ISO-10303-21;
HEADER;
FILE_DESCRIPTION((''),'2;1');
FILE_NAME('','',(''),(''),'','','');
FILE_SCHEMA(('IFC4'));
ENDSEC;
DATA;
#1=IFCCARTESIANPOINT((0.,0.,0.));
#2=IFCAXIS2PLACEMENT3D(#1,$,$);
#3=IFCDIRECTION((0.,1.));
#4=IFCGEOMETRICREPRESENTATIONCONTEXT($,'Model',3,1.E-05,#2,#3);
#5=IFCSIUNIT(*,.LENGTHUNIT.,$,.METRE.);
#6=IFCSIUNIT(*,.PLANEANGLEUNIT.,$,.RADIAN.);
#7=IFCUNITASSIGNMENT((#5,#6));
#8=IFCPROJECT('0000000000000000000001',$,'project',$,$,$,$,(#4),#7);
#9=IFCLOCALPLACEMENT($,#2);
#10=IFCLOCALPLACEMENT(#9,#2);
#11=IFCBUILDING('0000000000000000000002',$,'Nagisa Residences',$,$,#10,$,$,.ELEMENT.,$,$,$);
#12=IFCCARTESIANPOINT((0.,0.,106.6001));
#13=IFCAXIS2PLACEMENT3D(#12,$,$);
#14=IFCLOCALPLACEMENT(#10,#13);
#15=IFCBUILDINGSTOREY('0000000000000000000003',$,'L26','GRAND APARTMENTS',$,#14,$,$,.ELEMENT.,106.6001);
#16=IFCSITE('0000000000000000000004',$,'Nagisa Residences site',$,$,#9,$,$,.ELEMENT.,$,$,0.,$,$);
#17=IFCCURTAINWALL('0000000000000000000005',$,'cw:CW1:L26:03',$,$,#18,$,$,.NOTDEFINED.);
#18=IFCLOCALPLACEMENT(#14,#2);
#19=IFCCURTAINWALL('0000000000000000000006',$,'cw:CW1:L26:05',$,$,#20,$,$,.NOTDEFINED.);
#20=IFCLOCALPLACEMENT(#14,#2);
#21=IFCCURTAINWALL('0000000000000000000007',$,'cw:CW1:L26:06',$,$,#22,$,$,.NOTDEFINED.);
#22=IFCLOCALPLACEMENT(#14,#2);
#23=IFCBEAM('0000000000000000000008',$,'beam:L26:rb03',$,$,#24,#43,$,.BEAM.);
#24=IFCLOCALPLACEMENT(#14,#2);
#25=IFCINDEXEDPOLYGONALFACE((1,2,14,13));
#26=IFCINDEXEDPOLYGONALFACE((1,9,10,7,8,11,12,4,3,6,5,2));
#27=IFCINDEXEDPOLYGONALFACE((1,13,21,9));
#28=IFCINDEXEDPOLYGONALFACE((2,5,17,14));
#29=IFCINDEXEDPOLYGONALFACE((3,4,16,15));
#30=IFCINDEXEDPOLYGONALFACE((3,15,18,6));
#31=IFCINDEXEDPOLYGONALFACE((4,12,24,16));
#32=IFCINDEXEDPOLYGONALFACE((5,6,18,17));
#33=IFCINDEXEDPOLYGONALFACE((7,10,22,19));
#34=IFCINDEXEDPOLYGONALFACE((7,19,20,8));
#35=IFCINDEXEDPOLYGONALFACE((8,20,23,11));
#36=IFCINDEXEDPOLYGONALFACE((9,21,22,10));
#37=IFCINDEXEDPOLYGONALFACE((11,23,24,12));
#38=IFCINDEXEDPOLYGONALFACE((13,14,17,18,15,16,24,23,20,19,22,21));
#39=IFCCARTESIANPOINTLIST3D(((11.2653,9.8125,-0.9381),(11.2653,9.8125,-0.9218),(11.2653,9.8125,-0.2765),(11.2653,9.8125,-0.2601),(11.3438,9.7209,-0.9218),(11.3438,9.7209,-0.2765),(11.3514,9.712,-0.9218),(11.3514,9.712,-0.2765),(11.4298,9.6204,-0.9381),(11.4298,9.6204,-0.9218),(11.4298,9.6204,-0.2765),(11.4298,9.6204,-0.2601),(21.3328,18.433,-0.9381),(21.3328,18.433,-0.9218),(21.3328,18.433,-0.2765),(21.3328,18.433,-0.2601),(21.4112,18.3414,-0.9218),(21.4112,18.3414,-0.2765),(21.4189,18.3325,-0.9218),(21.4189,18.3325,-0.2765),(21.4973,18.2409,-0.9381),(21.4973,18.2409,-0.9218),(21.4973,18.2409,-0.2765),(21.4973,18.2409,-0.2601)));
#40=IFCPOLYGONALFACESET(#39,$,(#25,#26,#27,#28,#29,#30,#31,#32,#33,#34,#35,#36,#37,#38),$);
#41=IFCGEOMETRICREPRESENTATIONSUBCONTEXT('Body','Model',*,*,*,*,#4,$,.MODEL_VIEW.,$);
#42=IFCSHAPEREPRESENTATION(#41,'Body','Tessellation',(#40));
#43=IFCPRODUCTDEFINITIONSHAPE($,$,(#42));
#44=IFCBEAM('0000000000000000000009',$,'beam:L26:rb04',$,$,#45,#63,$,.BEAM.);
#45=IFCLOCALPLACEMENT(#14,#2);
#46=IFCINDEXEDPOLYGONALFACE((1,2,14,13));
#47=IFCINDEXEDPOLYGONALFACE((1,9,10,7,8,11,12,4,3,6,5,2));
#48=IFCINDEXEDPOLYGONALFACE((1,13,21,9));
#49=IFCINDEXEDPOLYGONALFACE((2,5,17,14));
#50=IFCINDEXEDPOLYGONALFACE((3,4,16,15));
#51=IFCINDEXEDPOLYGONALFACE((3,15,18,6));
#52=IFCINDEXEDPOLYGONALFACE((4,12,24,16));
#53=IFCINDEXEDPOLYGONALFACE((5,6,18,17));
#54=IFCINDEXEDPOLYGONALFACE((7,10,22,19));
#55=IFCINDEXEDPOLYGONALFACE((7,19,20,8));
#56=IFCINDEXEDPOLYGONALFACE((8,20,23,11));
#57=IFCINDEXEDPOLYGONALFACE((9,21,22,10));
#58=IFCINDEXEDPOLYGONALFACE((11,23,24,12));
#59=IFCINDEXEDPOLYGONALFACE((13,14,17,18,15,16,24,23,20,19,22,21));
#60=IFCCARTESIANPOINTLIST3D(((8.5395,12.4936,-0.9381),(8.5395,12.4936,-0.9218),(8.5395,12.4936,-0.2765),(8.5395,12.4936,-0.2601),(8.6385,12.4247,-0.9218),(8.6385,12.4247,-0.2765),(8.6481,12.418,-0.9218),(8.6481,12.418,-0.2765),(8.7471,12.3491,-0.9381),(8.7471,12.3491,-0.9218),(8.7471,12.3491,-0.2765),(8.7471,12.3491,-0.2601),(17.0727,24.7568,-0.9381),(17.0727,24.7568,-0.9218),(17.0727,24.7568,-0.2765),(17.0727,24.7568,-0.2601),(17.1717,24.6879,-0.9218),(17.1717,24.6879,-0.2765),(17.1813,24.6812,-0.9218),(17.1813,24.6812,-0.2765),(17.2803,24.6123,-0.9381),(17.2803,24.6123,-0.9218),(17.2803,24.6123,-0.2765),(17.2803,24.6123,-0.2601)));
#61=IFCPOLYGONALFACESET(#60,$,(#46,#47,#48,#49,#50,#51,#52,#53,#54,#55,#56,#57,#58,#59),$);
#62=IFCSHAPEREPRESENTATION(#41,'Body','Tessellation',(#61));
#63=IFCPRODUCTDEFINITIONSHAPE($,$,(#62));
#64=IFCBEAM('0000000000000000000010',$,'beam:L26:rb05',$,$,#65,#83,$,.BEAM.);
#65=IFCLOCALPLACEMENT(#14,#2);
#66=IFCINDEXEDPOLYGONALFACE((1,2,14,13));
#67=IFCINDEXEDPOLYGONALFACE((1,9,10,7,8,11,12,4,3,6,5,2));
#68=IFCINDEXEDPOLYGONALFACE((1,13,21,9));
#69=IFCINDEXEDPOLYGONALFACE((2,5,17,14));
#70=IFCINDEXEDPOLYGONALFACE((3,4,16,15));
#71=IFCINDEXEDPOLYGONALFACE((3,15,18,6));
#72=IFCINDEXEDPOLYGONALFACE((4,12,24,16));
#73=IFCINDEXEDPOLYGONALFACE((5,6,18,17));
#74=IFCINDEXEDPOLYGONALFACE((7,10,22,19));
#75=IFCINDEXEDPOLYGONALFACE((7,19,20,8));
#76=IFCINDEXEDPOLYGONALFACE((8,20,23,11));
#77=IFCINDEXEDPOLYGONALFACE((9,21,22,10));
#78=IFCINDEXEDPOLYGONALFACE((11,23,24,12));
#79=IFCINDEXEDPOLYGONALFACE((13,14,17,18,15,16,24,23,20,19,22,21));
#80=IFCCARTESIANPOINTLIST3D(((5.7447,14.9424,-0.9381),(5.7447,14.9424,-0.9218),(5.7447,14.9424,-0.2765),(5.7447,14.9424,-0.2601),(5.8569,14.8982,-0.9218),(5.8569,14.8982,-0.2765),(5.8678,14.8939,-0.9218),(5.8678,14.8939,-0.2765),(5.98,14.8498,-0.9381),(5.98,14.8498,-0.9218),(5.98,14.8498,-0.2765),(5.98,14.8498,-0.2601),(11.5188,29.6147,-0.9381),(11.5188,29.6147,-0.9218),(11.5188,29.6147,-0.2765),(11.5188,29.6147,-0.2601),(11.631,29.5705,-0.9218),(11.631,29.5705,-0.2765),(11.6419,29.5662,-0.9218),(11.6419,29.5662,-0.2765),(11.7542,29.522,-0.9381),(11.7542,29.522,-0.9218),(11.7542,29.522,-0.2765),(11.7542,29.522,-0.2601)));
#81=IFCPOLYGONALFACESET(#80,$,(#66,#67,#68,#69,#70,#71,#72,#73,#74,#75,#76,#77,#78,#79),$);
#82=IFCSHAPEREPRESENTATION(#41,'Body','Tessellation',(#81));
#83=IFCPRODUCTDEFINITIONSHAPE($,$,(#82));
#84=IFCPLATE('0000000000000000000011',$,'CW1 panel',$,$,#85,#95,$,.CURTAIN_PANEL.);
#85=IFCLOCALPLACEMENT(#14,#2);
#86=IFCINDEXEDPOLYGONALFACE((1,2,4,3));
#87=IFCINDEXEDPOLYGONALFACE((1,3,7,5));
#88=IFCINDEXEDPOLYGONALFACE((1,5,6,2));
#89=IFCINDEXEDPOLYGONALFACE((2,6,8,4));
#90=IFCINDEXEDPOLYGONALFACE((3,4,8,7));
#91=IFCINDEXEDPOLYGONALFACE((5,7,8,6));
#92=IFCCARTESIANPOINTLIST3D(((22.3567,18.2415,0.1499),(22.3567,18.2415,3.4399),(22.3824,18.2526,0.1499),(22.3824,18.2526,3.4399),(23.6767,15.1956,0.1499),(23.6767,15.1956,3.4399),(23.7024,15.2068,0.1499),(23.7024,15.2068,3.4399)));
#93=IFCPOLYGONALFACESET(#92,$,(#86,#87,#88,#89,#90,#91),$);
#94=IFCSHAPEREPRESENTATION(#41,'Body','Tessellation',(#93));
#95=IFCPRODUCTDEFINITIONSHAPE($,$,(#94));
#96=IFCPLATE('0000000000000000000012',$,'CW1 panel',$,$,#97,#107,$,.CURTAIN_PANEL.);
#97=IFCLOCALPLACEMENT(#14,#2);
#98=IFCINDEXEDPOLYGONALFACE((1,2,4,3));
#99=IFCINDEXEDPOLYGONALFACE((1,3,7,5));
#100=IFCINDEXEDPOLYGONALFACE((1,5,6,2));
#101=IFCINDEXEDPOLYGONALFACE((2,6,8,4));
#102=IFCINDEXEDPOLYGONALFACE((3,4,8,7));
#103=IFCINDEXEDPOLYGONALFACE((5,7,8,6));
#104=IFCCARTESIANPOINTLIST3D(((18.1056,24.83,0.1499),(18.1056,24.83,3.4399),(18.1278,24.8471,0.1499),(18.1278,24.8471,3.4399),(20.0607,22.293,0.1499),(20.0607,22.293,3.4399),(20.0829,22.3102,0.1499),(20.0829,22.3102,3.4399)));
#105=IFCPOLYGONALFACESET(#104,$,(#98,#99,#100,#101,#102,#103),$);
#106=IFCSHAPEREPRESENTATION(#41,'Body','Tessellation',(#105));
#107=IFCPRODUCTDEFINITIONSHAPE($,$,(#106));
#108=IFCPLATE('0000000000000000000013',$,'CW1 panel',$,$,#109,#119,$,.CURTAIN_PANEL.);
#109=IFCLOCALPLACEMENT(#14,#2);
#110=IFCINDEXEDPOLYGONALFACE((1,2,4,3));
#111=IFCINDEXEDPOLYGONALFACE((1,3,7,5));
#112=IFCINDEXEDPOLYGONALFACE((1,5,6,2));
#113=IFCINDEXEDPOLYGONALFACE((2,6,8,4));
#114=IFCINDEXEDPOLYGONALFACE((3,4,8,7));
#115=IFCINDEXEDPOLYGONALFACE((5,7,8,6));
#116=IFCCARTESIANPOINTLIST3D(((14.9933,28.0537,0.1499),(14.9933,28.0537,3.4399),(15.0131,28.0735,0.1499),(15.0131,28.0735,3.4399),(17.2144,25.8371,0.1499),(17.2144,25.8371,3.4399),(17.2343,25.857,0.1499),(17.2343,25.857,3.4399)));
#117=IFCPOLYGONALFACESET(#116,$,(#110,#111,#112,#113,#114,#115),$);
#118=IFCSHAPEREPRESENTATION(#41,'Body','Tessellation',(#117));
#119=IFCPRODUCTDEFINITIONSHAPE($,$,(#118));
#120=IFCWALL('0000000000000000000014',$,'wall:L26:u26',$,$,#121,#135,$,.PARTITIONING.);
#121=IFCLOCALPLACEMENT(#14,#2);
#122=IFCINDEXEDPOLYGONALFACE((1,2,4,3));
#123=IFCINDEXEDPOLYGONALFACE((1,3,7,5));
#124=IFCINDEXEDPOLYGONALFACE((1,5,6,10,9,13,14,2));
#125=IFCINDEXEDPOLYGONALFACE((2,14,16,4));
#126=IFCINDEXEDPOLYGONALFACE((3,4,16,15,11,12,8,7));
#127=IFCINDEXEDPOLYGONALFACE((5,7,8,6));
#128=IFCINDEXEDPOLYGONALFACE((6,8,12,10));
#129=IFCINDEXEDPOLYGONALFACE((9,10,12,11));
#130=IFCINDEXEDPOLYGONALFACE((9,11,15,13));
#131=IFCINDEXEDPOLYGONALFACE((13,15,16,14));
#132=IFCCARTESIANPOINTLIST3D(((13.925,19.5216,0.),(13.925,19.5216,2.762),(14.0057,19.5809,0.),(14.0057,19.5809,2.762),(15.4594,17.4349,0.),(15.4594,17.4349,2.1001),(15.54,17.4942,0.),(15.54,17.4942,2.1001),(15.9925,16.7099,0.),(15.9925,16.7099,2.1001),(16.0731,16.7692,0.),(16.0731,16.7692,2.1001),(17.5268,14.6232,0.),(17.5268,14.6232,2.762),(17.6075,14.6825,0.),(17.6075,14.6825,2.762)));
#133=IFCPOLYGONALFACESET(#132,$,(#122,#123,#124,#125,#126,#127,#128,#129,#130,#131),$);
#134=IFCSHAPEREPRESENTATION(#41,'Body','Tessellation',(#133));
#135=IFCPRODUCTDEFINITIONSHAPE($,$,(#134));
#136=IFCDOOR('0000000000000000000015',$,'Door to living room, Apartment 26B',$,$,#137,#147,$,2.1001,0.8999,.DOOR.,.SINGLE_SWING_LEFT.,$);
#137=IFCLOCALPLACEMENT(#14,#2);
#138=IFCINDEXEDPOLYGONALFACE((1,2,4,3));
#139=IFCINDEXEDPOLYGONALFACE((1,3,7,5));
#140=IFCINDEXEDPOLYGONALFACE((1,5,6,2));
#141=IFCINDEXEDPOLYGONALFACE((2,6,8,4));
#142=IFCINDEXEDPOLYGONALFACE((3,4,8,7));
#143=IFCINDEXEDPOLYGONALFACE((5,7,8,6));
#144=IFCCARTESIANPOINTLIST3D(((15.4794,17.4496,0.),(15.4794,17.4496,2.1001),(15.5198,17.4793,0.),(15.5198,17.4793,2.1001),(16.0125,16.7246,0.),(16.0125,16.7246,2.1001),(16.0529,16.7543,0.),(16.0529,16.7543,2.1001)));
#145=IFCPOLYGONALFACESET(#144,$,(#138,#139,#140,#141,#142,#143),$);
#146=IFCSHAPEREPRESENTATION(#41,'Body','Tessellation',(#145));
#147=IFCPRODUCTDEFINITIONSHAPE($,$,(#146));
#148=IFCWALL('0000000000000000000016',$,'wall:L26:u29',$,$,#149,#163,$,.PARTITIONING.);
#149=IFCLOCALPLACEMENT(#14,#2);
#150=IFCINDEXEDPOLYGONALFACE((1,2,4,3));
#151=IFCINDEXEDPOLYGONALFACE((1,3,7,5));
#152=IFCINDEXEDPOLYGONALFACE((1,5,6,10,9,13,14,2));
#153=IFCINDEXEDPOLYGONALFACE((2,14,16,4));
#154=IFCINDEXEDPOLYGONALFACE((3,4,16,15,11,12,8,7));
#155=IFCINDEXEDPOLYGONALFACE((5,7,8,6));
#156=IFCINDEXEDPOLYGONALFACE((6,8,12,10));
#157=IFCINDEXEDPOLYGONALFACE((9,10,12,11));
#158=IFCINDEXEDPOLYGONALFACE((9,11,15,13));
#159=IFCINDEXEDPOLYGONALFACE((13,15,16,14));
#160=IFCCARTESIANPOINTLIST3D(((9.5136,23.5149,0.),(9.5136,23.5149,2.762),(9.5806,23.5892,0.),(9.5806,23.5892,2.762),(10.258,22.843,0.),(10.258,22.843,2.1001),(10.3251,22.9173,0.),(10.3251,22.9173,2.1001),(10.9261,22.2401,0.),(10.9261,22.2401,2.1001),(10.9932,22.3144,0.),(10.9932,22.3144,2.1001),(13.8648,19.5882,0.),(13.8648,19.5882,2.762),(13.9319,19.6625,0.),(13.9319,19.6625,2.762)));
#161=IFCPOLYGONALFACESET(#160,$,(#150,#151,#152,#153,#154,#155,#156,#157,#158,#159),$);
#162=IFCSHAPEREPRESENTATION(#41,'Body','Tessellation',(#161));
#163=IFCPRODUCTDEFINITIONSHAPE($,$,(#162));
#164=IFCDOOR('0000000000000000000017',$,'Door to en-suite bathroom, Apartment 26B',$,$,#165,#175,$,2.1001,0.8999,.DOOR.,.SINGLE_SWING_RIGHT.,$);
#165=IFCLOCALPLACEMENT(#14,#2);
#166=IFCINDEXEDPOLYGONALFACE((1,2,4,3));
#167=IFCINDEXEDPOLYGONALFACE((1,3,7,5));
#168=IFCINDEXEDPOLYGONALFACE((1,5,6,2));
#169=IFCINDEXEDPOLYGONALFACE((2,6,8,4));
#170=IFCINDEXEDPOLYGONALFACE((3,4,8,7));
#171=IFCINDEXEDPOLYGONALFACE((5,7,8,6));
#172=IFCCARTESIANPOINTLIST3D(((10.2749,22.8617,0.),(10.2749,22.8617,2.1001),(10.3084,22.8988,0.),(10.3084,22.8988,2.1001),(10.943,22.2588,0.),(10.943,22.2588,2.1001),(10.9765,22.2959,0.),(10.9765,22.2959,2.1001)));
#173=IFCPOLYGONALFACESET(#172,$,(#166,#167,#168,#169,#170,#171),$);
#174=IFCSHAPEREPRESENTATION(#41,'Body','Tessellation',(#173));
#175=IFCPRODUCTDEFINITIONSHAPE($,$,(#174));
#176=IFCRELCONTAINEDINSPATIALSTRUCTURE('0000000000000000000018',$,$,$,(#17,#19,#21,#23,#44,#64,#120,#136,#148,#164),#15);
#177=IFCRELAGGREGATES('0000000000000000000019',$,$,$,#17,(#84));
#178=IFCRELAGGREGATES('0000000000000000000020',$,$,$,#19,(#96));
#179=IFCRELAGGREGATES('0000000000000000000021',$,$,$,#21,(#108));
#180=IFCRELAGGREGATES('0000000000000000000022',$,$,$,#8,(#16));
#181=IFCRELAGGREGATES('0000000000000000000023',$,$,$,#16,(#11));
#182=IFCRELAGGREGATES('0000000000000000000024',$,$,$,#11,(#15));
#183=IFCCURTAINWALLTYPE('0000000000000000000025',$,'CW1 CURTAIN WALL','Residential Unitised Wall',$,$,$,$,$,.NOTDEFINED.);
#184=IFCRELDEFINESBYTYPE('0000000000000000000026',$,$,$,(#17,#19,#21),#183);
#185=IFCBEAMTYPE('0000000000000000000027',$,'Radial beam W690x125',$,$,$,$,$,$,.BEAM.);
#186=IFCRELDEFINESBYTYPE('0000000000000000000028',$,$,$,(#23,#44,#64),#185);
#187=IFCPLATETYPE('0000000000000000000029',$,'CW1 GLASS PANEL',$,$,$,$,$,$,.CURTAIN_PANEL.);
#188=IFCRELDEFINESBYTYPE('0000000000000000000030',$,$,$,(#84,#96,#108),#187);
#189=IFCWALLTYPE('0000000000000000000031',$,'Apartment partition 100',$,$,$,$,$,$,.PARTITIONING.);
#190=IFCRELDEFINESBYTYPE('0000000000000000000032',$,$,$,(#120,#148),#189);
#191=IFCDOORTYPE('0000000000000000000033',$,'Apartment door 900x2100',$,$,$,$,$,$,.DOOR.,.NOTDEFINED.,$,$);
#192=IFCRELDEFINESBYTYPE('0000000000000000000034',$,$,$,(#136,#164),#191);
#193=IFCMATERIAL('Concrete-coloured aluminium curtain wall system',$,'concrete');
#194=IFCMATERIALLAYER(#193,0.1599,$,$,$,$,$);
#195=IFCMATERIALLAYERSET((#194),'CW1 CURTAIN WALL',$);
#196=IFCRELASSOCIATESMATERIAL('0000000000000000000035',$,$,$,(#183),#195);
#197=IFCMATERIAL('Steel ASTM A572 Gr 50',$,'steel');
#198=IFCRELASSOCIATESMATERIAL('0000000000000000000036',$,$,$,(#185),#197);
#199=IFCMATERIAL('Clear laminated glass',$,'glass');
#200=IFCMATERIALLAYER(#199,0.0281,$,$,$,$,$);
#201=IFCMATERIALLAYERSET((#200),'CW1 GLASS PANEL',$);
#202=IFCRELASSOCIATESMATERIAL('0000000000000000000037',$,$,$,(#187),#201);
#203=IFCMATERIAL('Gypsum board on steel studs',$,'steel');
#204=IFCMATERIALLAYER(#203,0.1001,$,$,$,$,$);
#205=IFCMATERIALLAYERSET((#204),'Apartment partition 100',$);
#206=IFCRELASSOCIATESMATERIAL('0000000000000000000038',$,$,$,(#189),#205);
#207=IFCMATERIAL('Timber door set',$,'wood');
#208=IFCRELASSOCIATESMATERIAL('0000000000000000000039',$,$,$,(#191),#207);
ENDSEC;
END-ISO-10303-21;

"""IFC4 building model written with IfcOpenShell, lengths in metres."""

from ifc_helpers import new_model, si_unit, direction, frame, frame_2d, origin, origin_2d, place, context, subcontext, project, spatial, rectangle, i_section, extrude, material, layer, layer_set, material_profile, profile_set, type_object, element, fill, aggregate, save


model = new_model("IFC4")

# Units and contexts
model_context = context("Model", 3, precision=1e-05, world=origin(), true_north=direction((0.0, 1.0)))
body_context = subcontext(model_context, "Body", "Model", "MODEL_VIEW")
ifc_project = project(units=[si_unit("LENGTHUNIT", "METRE"), si_unit("PLANEANGLEUNIT", "RADIAN")], contexts=[model_context])

# Site, building, storey
site_placement = place(None, origin())
site = spatial("IfcSite", under=ifc_project, at=site_placement, Name="Nagisa Residences site", CompositionType="ELEMENT", RefElevation=0.0)
building_placement = place(site_placement, origin())
building = spatial("IfcBuilding", under=site, at=building_placement, Name="Nagisa Residences", CompositionType="ELEMENT")
storey_placement = place(building_placement, frame((0.0, 0.0, 106.6001)))
storey = spatial("IfcBuildingStorey", under=building, at=storey_placement, Name="L26", Description="GRAND APARTMENTS", CompositionType="ELEMENT", Elevation=106.6001)

# Curtain walls
ifc_material_1 = material(Name="Concrete-coloured aluminium curtain wall system", Category="concrete")
ifc_layer_1 = layer(ifc_material_1, 0.1599)
ifc_layer_set_1 = layer_set([ifc_layer_1], Name="CW1 CURTAIN WALL")
curtain_wall_type = type_object("IfcCurtainWallType", Name="CW1 CURTAIN WALL", Description="Residential Unitised Wall", PredefinedType="NOTDEFINED", material=ifc_layer_set_1)
curtain_wall_1_placement = place(storey_placement, origin())
curtain_wall_1 = element("IfcCurtainWall", 1, at=curtain_wall_1_placement, inside=storey, type_object=curtain_wall_type, Name="cw:CW1:L26:03", PredefinedType="NOTDEFINED")
curtain_wall_2_placement = place(storey_placement, origin())
curtain_wall_2 = element("IfcCurtainWall", 2, at=curtain_wall_2_placement, inside=storey, type_object=curtain_wall_type, Name="cw:CW1:L26:05", PredefinedType="NOTDEFINED")
curtain_wall_3_placement = place(storey_placement, origin())
curtain_wall_3 = element("IfcCurtainWall", 3, at=curtain_wall_3_placement, inside=storey, type_object=curtain_wall_type, Name="cw:CW1:L26:06", PredefinedType="NOTDEFINED")

# Beams
ifc_material_2 = material(Name="Steel ASTM A572 Gr 50", Category="steel")
ifc_material_profile_1 = material_profile(ifc_material_2, i_section(OverallWidth=0.2529, OverallDepth=0.678, WebThickness=0.0117, FlangeThickness=0.0164, at=origin_2d()), Name="W690x125")
ifc_profile_set_1 = profile_set([ifc_material_profile_1], Name="Steel ASTM A572 Gr 50")
beam_type_1 = type_object("IfcBeamType", Name="Radial beam W690x125", PredefinedType="BEAM", material=ifc_profile_set_1)
beam_1_placement = place(storey_placement, frame((21.415, 18.3369, -0.5991), z_axis=(-0.759585, -0.650407, 0.0), x_axis=(0.650407, -0.759585, 0.0)))
element("IfcBeam", 4, at=beam_1_placement, inside=storey, type_object=beam_type_1, Name="beam:L26:rb03", PredefinedType="BEAM", context=body_context, shape_type="SweptSolid", body=[
    extrude(i_section(OverallWidth=0.2529, OverallDepth=0.678, WebThickness=0.0117, FlangeThickness=0.0164, at=origin_2d()), origin(), (0.0, 0.0, 1.0), 13.2539),
])
beam_2_placement = place(storey_placement, frame((17.1765, 24.6846, -0.5991), z_axis=(-0.571168, -0.820833, 0.0), x_axis=(0.820833, -0.571168, 0.0)))
element("IfcBeam", 5, at=beam_2_placement, inside=storey, type_object=beam_type_1, Name="beam:L26:rb04", PredefinedType="BEAM", context=body_context, shape_type="SweptSolid", body=[
    extrude(i_section(OverallWidth=0.2529, OverallDepth=0.678, WebThickness=0.0117, FlangeThickness=0.0164, at=origin_2d()), origin(), (0.0, 0.0, 1.0), 14.9399),
])
beam_3_placement = place(storey_placement, frame((11.6365, 29.5684, -0.5991), z_axis=(-0.366203, -0.930535, 0.0), x_axis=(0.930535, -0.366203, 0.0)))
element("IfcBeam", 6, at=beam_3_placement, inside=storey, type_object=beam_type_1, Name="beam:L26:rb05", PredefinedType="BEAM", context=body_context, shape_type="SweptSolid", body=[
    extrude(i_section(OverallWidth=0.2529, OverallDepth=0.678, WebThickness=0.0117, FlangeThickness=0.0164, at=origin_2d()), origin(), (0.0, 0.0, 1.0), 15.7676),
])

# Plates
ifc_material_3 = material(Name="Clear laminated glass", Category="glass")
ifc_layer_2 = layer(ifc_material_3, 0.0281)
ifc_layer_set_2 = layer_set([ifc_layer_2], Name="CW1 GLASS PANEL")
plate_type = type_object("IfcPlateType", Name="CW1 GLASS PANEL", PredefinedType="CURTAIN_PANEL", material=ifc_layer_set_2)
plate_1_placement = place(storey_placement, frame((23.0295, 16.7241, 0.1499), z_axis=(0.0, 0.0, 1.0), x_axis=(-0.397636, 0.917543, 0.0)))
plate_1 = element("IfcPlate", 7, at=plate_1_placement, type_object=plate_type, Name="CW1 panel", PredefinedType="CURTAIN_PANEL", context=body_context, shape_type="SweptSolid", body=[
    extrude(rectangle(XDim=3.3196, YDim=0.0281, at=origin_2d()), origin(), (0.0, 0.0, 1.0), 3.29),
])
aggregate(curtain_wall_1, [plate_1])
plate_2_placement = place(storey_placement, frame((19.0942, 23.5701, 0.1499), z_axis=(0.0, 0.0, 1.0), x_axis=(-0.61043, 0.79207, 0.0)))
plate_2 = element("IfcPlate", 8, at=plate_2_placement, type_object=plate_type, Name="CW1 panel", PredefinedType="CURTAIN_PANEL", context=body_context, shape_type="SweptSolid", body=[
    extrude(rectangle(XDim=3.2029, YDim=0.0281, at=origin_2d()), origin(), (0.0, 0.0, 1.0), 3.29),
])
aggregate(curtain_wall_2, [plate_2])
plate_3_placement = place(storey_placement, frame((16.1138, 26.9553, 0.1499), z_axis=(0.0, 0.0, 1.0), x_axis=(-0.707836, 0.706377, 0.0)))
plate_3 = element("IfcPlate", 9, at=plate_3_placement, type_object=plate_type, Name="CW1 panel", PredefinedType="CURTAIN_PANEL", context=body_context, shape_type="SweptSolid", body=[
    extrude(rectangle(XDim=3.1379, YDim=0.0281, at=origin_2d()), origin(), (0.0, 0.0, 1.0), 3.29),
])
aggregate(curtain_wall_3, [plate_3])

# Walls, openings, doors
ifc_material_4 = material(Name="Gypsum board on steel studs", Category="steel")
ifc_layer_3 = layer(ifc_material_4, 0.1001)
ifc_layer_set_3 = layer_set([ifc_layer_3], Name="Apartment partition 100")
wall_type_1 = type_object("IfcWallType", Name="Apartment partition 100", PredefinedType="PARTITIONING", material=ifc_layer_set_3)
wall_1_placement = place(storey_placement, frame((17.5671, 14.6528, 0.0), z_axis=(0.0, 0.0, 1.0), x_axis=(-0.592392, 0.80565, 0.0)))
wall_1 = element("IfcWall", 10, at=wall_1_placement, inside=storey, type_object=wall_type_1, Name="wall:L26:u26", PredefinedType="PARTITIONING", context=body_context, shape_type="SweptSolid", body=[
    extrude(rectangle(XDim=6.0801, YDim=0.1001, at=frame_2d((3.04, 0.0))), origin(), (0.0, 0.0, 1.0), 2.762),
])
opening_1_placement = place(wall_1_placement, frame((2.5901, 0.0, 0.0)))
opening_1 = element("IfcOpeningElement", 11, at=opening_1_placement, cuts=wall_1, PredefinedType="OPENING", context=body_context, shape_type="SweptSolid", body=[
    extrude(rectangle(XDim=0.8999, YDim=2.1001, at=frame_2d((0.45, 1.05))), frame((0.0, 0.0601, 0.0), z_axis=(0.0, -1.0, 0.0), x_axis=(1.0, 0.0, 0.0)), (0.0, 0.0, 1.0), 0.1201),
])
ifc_material_5 = material(Name="Timber door set", Category="wood")
door_type_1 = type_object("IfcDoorType", Name="Apartment door 900x2100", OperationType="NOTDEFINED", PredefinedType="DOOR", material=ifc_material_5)
door_1_placement = place(opening_1_placement, frame((0.8999, 0.0, 0.0), x_axis=(-1.0, 0.0, 0.0)))
door_1 = element("IfcDoor", 12, at=door_1_placement, inside=storey, type_object=door_type_1, Name="Door to living room, Apartment 26B", OperationType="SINGLE_SWING_LEFT", OverallHeight=2.1001, OverallWidth=0.8999, PredefinedType="DOOR", context=body_context, shape_type="SweptSolid", body=[
    extrude(rectangle(XDim=0.8999, YDim=2.1001, at=frame_2d((0.45, 1.05))), frame((0.0, 0.0249, 0.0), z_axis=(0.0, -1.0, 0.0), x_axis=(1.0, 0.0, 0.0)), (0.0, 0.0, 1.0), 0.05),
])
fill(opening_1, door_1)
wall_2_placement = place(storey_placement, frame((13.8984, 19.6252, 0.0), z_axis=(0.0, 0.0, 1.0), x_axis=(-0.742397, 0.669961, 0.0)))
wall_2 = element("IfcWall", 13, at=wall_2_placement, inside=storey, type_object=wall_type_1, Name="wall:L26:u29", PredefinedType="PARTITIONING", context=body_context, shape_type="SweptSolid", body=[
    extrude(rectangle(XDim=5.8611, YDim=0.1001, at=frame_2d((2.9307, 0.0))), origin(), (0.0, 0.0, 1.0), 2.762),
])
opening_2_placement = place(wall_2_placement, frame((3.9585, 0.0, 0.0)))
opening_2 = element("IfcOpeningElement", 14, at=opening_2_placement, cuts=wall_2, PredefinedType="OPENING", context=body_context, shape_type="SweptSolid", body=[
    extrude(rectangle(XDim=0.8999, YDim=2.1001, at=frame_2d((0.45, 1.05))), frame((0.0, 0.0601, 0.0), z_axis=(0.0, -1.0, 0.0), x_axis=(1.0, 0.0, 0.0)), (0.0, 0.0, 1.0), 0.1201),
])
door_2_placement = place(opening_2_placement, origin())
door_2 = element("IfcDoor", 15, at=door_2_placement, inside=storey, type_object=door_type_1, Name="Door to en-suite bathroom, Apartment 26B", OperationType="SINGLE_SWING_RIGHT", OverallHeight=2.1001, OverallWidth=0.8999, PredefinedType="DOOR", context=body_context, shape_type="SweptSolid", body=[
    extrude(rectangle(XDim=0.8999, YDim=2.1001, at=frame_2d((0.45, 1.05))), frame((0.0, 0.0249, 0.0), z_axis=(0.0, -1.0, 0.0), x_axis=(1.0, 0.0, 0.0)), (0.0, 0.0, 1.0), 0.05),
])
fill(opening_2, door_2)

save(model, "model.ifc")
